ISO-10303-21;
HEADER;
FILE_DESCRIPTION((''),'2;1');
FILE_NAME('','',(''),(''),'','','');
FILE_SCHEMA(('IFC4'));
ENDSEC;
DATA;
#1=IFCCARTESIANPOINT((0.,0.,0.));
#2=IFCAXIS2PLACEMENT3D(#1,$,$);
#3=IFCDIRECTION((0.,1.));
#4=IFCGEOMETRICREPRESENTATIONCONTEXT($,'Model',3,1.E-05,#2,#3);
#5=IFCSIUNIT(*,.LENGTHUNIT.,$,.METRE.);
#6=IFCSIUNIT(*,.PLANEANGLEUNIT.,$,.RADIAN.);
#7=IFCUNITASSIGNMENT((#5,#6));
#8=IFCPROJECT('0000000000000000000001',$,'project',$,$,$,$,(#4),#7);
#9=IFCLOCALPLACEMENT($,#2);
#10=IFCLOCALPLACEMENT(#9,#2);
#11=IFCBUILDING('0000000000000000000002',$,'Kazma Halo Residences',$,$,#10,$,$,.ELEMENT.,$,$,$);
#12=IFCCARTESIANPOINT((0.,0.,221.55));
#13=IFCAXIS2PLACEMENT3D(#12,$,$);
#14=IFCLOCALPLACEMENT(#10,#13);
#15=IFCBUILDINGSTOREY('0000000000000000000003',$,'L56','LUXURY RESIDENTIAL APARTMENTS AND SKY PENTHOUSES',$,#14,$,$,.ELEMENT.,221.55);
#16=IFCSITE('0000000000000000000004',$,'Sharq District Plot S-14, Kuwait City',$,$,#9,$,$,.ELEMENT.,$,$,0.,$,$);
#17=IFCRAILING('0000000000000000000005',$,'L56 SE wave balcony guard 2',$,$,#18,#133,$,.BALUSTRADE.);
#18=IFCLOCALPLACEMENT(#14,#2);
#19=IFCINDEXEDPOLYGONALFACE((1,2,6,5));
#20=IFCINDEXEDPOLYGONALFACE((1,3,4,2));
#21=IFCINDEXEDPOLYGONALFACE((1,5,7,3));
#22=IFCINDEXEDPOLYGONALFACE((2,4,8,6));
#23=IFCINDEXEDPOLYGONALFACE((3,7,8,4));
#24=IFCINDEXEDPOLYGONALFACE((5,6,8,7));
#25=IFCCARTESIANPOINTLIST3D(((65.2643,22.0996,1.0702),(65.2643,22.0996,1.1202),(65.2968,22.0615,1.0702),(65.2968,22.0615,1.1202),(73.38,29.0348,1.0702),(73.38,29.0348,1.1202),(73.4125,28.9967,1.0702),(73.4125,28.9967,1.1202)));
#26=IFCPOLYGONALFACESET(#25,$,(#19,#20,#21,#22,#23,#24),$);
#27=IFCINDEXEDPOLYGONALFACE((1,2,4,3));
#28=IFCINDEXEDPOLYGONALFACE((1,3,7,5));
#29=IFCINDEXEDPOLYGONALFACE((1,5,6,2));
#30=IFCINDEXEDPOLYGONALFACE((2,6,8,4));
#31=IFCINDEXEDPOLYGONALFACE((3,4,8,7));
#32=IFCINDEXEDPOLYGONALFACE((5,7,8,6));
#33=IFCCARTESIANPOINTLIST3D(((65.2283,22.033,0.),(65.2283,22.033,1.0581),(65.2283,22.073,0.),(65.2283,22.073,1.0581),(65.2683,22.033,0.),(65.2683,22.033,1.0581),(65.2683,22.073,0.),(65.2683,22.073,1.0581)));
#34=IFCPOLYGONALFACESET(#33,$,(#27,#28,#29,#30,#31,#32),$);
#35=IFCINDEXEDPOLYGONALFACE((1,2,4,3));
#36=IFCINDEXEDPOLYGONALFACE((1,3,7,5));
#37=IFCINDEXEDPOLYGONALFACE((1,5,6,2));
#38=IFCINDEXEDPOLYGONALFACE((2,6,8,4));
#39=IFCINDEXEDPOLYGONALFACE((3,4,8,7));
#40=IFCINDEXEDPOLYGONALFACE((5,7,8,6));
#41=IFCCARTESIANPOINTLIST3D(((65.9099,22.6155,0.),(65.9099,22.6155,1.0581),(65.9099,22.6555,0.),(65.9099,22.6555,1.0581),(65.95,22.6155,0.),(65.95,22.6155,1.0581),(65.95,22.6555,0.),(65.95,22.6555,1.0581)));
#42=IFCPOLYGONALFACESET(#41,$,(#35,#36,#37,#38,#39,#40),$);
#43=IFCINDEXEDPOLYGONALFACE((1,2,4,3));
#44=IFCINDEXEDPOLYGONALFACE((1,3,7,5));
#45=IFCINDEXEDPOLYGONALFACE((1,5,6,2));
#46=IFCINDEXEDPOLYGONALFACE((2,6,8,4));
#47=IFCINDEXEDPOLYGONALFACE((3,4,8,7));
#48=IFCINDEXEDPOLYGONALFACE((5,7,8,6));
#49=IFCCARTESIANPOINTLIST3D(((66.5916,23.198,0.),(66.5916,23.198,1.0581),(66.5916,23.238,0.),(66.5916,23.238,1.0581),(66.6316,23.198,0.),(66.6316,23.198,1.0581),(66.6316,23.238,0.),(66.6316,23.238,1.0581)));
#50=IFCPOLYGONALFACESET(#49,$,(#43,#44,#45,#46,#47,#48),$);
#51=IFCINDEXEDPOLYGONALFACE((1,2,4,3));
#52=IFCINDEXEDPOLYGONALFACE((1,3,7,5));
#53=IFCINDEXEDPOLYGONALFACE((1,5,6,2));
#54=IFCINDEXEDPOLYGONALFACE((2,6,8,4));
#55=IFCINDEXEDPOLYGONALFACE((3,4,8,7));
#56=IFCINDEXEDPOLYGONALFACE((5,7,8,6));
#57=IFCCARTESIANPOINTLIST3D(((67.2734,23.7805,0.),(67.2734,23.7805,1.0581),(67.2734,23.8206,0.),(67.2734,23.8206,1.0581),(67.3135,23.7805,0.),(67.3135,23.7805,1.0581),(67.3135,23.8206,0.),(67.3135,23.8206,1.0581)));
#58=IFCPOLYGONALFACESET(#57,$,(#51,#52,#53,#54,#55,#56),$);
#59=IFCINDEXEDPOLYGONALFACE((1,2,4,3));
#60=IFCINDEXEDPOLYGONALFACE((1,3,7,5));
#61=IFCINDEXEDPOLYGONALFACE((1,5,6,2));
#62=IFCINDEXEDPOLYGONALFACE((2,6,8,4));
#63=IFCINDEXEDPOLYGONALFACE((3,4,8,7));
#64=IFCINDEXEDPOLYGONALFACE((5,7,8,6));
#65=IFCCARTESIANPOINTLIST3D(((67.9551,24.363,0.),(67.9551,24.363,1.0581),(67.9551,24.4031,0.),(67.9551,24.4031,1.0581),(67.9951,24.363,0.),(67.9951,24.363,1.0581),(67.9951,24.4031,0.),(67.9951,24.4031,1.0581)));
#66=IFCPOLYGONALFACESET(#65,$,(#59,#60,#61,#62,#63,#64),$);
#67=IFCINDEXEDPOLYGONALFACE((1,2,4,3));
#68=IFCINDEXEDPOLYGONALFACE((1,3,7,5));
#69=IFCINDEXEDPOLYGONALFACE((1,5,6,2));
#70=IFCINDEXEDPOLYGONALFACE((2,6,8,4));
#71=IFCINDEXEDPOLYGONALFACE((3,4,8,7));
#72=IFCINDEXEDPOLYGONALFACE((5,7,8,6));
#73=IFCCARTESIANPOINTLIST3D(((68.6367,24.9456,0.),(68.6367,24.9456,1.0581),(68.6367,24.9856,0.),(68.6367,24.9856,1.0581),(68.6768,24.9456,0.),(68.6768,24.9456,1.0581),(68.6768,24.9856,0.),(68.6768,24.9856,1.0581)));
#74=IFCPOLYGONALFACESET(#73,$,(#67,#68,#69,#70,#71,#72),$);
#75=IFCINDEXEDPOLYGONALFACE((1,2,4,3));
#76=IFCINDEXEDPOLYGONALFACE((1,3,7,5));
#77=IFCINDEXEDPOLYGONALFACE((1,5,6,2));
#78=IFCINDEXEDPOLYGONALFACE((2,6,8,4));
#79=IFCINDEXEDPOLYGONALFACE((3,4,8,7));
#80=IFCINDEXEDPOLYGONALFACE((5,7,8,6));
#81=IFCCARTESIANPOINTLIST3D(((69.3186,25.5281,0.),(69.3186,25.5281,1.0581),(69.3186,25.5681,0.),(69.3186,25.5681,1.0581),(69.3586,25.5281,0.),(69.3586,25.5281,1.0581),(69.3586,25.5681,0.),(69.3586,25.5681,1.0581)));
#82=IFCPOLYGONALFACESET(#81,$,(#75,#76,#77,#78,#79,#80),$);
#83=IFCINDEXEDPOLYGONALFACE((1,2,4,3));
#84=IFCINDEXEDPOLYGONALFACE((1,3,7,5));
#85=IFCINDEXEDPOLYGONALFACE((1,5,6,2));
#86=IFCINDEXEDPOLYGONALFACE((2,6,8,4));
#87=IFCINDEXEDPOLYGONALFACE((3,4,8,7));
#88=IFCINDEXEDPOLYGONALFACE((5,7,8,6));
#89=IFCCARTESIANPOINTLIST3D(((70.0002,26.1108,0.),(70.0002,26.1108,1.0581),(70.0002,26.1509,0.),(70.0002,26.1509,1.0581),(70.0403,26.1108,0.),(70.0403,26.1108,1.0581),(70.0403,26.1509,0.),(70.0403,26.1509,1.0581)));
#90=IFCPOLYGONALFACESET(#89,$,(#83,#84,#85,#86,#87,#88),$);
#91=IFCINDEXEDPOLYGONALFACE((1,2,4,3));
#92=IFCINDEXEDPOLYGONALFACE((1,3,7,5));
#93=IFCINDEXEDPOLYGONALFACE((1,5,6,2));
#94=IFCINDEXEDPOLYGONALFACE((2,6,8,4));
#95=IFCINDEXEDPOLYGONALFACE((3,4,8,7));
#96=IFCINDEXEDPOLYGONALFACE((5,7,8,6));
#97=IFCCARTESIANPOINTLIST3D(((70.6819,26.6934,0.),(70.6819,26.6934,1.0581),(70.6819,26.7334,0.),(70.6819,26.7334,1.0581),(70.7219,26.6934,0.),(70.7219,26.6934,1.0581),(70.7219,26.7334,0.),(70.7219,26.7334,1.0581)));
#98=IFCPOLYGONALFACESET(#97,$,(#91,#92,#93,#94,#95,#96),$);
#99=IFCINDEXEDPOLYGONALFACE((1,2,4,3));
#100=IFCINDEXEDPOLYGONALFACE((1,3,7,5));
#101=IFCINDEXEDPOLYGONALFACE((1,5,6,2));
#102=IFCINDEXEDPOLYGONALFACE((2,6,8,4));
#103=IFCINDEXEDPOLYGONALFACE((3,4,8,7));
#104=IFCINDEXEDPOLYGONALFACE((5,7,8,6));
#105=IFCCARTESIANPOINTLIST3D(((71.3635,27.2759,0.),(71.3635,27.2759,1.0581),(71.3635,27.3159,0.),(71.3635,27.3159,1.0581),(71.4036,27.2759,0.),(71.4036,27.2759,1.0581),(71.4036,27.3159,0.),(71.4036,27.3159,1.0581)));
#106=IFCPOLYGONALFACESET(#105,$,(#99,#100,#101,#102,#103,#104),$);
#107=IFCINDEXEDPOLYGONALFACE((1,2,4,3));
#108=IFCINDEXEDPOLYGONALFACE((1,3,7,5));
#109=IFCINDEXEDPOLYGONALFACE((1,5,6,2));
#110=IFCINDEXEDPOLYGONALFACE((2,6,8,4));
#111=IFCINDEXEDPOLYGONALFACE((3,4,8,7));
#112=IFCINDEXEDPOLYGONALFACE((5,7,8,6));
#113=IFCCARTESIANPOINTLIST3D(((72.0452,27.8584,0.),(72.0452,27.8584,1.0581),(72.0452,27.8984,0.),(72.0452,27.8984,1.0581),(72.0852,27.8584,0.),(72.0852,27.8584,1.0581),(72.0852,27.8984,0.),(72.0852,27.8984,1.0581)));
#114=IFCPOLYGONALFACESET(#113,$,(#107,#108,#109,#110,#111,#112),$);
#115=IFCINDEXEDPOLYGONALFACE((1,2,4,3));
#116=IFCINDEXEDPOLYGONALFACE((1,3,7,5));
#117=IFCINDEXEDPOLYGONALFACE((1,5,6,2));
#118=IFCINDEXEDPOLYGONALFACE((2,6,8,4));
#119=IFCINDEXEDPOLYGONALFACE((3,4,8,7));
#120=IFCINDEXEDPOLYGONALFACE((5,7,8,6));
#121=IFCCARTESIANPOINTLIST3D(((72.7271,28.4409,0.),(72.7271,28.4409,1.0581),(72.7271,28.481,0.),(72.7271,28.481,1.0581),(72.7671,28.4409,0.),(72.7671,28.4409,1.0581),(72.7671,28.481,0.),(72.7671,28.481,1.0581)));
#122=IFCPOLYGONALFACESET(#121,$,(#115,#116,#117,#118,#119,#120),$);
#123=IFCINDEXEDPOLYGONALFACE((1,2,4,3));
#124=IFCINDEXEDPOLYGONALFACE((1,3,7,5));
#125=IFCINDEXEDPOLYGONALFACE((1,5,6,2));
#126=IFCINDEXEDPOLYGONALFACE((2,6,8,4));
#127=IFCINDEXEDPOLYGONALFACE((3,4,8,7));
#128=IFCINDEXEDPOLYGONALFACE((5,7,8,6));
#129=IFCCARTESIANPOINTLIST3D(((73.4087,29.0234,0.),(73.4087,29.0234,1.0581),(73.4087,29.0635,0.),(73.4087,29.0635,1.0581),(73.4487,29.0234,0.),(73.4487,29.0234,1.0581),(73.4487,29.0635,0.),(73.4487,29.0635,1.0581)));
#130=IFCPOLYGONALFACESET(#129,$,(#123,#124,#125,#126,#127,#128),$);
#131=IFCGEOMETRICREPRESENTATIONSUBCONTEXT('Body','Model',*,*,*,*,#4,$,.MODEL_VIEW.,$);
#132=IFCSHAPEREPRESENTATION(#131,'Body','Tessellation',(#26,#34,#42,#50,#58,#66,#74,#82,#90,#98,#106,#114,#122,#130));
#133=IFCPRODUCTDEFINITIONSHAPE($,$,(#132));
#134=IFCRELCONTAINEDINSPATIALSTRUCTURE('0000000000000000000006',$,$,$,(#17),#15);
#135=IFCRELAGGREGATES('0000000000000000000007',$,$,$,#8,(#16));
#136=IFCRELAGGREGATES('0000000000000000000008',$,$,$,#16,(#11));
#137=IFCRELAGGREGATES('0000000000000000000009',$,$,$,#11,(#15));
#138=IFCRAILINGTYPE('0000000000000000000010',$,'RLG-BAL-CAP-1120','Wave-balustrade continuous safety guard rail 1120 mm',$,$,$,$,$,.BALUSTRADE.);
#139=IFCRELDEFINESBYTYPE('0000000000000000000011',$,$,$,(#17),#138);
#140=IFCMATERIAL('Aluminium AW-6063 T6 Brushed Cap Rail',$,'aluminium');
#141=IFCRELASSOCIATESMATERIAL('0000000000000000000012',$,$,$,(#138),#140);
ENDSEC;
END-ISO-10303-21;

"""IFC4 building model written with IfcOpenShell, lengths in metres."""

from ifc_helpers import new_model, si_unit, direction, frame, origin, origin_2d, place, context, subcontext, project, spatial, rectangle, extrude, material, type_object, element, save


model = new_model("IFC4")

# Units and contexts
model_context = context("Model", 3, precision=1e-05, world=origin(), true_north=direction((0.0, 1.0)))
body_context = subcontext(model_context, "Body", "Model", "MODEL_VIEW")
ifc_project = project(units=[si_unit("LENGTHUNIT", "METRE"), si_unit("PLANEANGLEUNIT", "RADIAN")], contexts=[model_context])

# Site, building, storey
site_placement = place(None, origin())
site = spatial("IfcSite", under=ifc_project, at=site_placement, Name="Sharq District Plot S-14, Kuwait City", CompositionType="ELEMENT", RefElevation=0.0)
building_placement = place(site_placement, origin())
building = spatial("IfcBuilding", under=site, at=building_placement, Name="Kazma Halo Residences", CompositionType="ELEMENT")
storey_placement = place(building_placement, frame((0.0, 0.0, 221.55)))
storey = spatial("IfcBuildingStorey", under=building, at=storey_placement, Name="L56", Description="LUXURY RESIDENTIAL APARTMENTS AND SKY PENTHOUSES", CompositionType="ELEMENT", Elevation=221.55)

# Railing
ifc_material_1 = material(Name="Aluminium AW-6063 T6 Brushed Cap Rail", Category="aluminium")
railing_type = type_object("IfcRailingType", Name="RLG-BAL-CAP-1120", Description="Wave-balustrade continuous safety guard rail 1120 mm", PredefinedType="BALUSTRADE", material=ifc_material_1)
railing_1_placement = place(storey_placement, frame((65.2483, 22.053, 0.0)))
element("IfcRailing", 1, at=railing_1_placement, inside=storey, type_object=railing_type, Name="L56 SE wave balcony guard 2", PredefinedType="BALUSTRADE", context=body_context, shape_type="SweptSolid", body=[
    extrude(rectangle(XDim=0.05, YDim=0.05, at=origin_2d()), frame((0.0322, 0.0276, 1.0952), z_axis=(0.760234, 0.649649, 0.0), x_axis=(-0.649649, 0.760234, 0.0)), (0.0, 0.0, 1.0), 10.6753),
    extrude(rectangle(XDim=0.04, YDim=0.04, at=origin_2d()), origin(), (0.0, 0.0, 1.0), 1.0581),
    extrude(rectangle(XDim=0.04, YDim=0.04, at=origin_2d()), frame((0.6816, 0.5825, 0.0)), (0.0, 0.0, 1.0), 1.0581),
    extrude(rectangle(XDim=0.04, YDim=0.04, at=origin_2d()), frame((1.3633, 1.165, 0.0)), (0.0, 0.0, 1.0), 1.0581),
    extrude(rectangle(XDim=0.04, YDim=0.04, at=origin_2d()), frame((2.0452, 1.7476, 0.0)), (0.0, 0.0, 1.0), 1.0581),
    extrude(rectangle(XDim=0.04, YDim=0.04, at=origin_2d()), frame((2.7268, 2.3301, 0.0)), (0.0, 0.0, 1.0), 1.0581),
    extrude(rectangle(XDim=0.04, YDim=0.04, at=origin_2d()), frame((3.4084, 2.9126, 0.0)), (0.0, 0.0, 1.0), 1.0581),
    extrude(rectangle(XDim=0.04, YDim=0.04, at=origin_2d()), frame((4.0903, 3.4951, 0.0)), (0.0, 0.0, 1.0), 1.0581),
    extrude(rectangle(XDim=0.04, YDim=0.04, at=origin_2d()), frame((4.772, 4.0779, 0.0)), (0.0, 0.0, 1.0), 1.0581),
    extrude(rectangle(XDim=0.04, YDim=0.04, at=origin_2d()), frame((5.4536, 4.6604, 0.0)), (0.0, 0.0, 1.0), 1.0581),
    extrude(rectangle(XDim=0.04, YDim=0.04, at=origin_2d()), frame((6.1353, 5.2429, 0.0)), (0.0, 0.0, 1.0), 1.0581),
    extrude(rectangle(XDim=0.04, YDim=0.04, at=origin_2d()), frame((6.8169, 5.8254, 0.0)), (0.0, 0.0, 1.0), 1.0581),
    extrude(rectangle(XDim=0.04, YDim=0.04, at=origin_2d()), frame((7.4988, 6.408, 0.0)), (0.0, 0.0, 1.0), 1.0581),
    extrude(rectangle(XDim=0.04, YDim=0.04, at=origin_2d()), frame((8.1804, 6.9905, 0.0)), (0.0, 0.0, 1.0), 1.0581),
])

save(model, "model.ifc")
